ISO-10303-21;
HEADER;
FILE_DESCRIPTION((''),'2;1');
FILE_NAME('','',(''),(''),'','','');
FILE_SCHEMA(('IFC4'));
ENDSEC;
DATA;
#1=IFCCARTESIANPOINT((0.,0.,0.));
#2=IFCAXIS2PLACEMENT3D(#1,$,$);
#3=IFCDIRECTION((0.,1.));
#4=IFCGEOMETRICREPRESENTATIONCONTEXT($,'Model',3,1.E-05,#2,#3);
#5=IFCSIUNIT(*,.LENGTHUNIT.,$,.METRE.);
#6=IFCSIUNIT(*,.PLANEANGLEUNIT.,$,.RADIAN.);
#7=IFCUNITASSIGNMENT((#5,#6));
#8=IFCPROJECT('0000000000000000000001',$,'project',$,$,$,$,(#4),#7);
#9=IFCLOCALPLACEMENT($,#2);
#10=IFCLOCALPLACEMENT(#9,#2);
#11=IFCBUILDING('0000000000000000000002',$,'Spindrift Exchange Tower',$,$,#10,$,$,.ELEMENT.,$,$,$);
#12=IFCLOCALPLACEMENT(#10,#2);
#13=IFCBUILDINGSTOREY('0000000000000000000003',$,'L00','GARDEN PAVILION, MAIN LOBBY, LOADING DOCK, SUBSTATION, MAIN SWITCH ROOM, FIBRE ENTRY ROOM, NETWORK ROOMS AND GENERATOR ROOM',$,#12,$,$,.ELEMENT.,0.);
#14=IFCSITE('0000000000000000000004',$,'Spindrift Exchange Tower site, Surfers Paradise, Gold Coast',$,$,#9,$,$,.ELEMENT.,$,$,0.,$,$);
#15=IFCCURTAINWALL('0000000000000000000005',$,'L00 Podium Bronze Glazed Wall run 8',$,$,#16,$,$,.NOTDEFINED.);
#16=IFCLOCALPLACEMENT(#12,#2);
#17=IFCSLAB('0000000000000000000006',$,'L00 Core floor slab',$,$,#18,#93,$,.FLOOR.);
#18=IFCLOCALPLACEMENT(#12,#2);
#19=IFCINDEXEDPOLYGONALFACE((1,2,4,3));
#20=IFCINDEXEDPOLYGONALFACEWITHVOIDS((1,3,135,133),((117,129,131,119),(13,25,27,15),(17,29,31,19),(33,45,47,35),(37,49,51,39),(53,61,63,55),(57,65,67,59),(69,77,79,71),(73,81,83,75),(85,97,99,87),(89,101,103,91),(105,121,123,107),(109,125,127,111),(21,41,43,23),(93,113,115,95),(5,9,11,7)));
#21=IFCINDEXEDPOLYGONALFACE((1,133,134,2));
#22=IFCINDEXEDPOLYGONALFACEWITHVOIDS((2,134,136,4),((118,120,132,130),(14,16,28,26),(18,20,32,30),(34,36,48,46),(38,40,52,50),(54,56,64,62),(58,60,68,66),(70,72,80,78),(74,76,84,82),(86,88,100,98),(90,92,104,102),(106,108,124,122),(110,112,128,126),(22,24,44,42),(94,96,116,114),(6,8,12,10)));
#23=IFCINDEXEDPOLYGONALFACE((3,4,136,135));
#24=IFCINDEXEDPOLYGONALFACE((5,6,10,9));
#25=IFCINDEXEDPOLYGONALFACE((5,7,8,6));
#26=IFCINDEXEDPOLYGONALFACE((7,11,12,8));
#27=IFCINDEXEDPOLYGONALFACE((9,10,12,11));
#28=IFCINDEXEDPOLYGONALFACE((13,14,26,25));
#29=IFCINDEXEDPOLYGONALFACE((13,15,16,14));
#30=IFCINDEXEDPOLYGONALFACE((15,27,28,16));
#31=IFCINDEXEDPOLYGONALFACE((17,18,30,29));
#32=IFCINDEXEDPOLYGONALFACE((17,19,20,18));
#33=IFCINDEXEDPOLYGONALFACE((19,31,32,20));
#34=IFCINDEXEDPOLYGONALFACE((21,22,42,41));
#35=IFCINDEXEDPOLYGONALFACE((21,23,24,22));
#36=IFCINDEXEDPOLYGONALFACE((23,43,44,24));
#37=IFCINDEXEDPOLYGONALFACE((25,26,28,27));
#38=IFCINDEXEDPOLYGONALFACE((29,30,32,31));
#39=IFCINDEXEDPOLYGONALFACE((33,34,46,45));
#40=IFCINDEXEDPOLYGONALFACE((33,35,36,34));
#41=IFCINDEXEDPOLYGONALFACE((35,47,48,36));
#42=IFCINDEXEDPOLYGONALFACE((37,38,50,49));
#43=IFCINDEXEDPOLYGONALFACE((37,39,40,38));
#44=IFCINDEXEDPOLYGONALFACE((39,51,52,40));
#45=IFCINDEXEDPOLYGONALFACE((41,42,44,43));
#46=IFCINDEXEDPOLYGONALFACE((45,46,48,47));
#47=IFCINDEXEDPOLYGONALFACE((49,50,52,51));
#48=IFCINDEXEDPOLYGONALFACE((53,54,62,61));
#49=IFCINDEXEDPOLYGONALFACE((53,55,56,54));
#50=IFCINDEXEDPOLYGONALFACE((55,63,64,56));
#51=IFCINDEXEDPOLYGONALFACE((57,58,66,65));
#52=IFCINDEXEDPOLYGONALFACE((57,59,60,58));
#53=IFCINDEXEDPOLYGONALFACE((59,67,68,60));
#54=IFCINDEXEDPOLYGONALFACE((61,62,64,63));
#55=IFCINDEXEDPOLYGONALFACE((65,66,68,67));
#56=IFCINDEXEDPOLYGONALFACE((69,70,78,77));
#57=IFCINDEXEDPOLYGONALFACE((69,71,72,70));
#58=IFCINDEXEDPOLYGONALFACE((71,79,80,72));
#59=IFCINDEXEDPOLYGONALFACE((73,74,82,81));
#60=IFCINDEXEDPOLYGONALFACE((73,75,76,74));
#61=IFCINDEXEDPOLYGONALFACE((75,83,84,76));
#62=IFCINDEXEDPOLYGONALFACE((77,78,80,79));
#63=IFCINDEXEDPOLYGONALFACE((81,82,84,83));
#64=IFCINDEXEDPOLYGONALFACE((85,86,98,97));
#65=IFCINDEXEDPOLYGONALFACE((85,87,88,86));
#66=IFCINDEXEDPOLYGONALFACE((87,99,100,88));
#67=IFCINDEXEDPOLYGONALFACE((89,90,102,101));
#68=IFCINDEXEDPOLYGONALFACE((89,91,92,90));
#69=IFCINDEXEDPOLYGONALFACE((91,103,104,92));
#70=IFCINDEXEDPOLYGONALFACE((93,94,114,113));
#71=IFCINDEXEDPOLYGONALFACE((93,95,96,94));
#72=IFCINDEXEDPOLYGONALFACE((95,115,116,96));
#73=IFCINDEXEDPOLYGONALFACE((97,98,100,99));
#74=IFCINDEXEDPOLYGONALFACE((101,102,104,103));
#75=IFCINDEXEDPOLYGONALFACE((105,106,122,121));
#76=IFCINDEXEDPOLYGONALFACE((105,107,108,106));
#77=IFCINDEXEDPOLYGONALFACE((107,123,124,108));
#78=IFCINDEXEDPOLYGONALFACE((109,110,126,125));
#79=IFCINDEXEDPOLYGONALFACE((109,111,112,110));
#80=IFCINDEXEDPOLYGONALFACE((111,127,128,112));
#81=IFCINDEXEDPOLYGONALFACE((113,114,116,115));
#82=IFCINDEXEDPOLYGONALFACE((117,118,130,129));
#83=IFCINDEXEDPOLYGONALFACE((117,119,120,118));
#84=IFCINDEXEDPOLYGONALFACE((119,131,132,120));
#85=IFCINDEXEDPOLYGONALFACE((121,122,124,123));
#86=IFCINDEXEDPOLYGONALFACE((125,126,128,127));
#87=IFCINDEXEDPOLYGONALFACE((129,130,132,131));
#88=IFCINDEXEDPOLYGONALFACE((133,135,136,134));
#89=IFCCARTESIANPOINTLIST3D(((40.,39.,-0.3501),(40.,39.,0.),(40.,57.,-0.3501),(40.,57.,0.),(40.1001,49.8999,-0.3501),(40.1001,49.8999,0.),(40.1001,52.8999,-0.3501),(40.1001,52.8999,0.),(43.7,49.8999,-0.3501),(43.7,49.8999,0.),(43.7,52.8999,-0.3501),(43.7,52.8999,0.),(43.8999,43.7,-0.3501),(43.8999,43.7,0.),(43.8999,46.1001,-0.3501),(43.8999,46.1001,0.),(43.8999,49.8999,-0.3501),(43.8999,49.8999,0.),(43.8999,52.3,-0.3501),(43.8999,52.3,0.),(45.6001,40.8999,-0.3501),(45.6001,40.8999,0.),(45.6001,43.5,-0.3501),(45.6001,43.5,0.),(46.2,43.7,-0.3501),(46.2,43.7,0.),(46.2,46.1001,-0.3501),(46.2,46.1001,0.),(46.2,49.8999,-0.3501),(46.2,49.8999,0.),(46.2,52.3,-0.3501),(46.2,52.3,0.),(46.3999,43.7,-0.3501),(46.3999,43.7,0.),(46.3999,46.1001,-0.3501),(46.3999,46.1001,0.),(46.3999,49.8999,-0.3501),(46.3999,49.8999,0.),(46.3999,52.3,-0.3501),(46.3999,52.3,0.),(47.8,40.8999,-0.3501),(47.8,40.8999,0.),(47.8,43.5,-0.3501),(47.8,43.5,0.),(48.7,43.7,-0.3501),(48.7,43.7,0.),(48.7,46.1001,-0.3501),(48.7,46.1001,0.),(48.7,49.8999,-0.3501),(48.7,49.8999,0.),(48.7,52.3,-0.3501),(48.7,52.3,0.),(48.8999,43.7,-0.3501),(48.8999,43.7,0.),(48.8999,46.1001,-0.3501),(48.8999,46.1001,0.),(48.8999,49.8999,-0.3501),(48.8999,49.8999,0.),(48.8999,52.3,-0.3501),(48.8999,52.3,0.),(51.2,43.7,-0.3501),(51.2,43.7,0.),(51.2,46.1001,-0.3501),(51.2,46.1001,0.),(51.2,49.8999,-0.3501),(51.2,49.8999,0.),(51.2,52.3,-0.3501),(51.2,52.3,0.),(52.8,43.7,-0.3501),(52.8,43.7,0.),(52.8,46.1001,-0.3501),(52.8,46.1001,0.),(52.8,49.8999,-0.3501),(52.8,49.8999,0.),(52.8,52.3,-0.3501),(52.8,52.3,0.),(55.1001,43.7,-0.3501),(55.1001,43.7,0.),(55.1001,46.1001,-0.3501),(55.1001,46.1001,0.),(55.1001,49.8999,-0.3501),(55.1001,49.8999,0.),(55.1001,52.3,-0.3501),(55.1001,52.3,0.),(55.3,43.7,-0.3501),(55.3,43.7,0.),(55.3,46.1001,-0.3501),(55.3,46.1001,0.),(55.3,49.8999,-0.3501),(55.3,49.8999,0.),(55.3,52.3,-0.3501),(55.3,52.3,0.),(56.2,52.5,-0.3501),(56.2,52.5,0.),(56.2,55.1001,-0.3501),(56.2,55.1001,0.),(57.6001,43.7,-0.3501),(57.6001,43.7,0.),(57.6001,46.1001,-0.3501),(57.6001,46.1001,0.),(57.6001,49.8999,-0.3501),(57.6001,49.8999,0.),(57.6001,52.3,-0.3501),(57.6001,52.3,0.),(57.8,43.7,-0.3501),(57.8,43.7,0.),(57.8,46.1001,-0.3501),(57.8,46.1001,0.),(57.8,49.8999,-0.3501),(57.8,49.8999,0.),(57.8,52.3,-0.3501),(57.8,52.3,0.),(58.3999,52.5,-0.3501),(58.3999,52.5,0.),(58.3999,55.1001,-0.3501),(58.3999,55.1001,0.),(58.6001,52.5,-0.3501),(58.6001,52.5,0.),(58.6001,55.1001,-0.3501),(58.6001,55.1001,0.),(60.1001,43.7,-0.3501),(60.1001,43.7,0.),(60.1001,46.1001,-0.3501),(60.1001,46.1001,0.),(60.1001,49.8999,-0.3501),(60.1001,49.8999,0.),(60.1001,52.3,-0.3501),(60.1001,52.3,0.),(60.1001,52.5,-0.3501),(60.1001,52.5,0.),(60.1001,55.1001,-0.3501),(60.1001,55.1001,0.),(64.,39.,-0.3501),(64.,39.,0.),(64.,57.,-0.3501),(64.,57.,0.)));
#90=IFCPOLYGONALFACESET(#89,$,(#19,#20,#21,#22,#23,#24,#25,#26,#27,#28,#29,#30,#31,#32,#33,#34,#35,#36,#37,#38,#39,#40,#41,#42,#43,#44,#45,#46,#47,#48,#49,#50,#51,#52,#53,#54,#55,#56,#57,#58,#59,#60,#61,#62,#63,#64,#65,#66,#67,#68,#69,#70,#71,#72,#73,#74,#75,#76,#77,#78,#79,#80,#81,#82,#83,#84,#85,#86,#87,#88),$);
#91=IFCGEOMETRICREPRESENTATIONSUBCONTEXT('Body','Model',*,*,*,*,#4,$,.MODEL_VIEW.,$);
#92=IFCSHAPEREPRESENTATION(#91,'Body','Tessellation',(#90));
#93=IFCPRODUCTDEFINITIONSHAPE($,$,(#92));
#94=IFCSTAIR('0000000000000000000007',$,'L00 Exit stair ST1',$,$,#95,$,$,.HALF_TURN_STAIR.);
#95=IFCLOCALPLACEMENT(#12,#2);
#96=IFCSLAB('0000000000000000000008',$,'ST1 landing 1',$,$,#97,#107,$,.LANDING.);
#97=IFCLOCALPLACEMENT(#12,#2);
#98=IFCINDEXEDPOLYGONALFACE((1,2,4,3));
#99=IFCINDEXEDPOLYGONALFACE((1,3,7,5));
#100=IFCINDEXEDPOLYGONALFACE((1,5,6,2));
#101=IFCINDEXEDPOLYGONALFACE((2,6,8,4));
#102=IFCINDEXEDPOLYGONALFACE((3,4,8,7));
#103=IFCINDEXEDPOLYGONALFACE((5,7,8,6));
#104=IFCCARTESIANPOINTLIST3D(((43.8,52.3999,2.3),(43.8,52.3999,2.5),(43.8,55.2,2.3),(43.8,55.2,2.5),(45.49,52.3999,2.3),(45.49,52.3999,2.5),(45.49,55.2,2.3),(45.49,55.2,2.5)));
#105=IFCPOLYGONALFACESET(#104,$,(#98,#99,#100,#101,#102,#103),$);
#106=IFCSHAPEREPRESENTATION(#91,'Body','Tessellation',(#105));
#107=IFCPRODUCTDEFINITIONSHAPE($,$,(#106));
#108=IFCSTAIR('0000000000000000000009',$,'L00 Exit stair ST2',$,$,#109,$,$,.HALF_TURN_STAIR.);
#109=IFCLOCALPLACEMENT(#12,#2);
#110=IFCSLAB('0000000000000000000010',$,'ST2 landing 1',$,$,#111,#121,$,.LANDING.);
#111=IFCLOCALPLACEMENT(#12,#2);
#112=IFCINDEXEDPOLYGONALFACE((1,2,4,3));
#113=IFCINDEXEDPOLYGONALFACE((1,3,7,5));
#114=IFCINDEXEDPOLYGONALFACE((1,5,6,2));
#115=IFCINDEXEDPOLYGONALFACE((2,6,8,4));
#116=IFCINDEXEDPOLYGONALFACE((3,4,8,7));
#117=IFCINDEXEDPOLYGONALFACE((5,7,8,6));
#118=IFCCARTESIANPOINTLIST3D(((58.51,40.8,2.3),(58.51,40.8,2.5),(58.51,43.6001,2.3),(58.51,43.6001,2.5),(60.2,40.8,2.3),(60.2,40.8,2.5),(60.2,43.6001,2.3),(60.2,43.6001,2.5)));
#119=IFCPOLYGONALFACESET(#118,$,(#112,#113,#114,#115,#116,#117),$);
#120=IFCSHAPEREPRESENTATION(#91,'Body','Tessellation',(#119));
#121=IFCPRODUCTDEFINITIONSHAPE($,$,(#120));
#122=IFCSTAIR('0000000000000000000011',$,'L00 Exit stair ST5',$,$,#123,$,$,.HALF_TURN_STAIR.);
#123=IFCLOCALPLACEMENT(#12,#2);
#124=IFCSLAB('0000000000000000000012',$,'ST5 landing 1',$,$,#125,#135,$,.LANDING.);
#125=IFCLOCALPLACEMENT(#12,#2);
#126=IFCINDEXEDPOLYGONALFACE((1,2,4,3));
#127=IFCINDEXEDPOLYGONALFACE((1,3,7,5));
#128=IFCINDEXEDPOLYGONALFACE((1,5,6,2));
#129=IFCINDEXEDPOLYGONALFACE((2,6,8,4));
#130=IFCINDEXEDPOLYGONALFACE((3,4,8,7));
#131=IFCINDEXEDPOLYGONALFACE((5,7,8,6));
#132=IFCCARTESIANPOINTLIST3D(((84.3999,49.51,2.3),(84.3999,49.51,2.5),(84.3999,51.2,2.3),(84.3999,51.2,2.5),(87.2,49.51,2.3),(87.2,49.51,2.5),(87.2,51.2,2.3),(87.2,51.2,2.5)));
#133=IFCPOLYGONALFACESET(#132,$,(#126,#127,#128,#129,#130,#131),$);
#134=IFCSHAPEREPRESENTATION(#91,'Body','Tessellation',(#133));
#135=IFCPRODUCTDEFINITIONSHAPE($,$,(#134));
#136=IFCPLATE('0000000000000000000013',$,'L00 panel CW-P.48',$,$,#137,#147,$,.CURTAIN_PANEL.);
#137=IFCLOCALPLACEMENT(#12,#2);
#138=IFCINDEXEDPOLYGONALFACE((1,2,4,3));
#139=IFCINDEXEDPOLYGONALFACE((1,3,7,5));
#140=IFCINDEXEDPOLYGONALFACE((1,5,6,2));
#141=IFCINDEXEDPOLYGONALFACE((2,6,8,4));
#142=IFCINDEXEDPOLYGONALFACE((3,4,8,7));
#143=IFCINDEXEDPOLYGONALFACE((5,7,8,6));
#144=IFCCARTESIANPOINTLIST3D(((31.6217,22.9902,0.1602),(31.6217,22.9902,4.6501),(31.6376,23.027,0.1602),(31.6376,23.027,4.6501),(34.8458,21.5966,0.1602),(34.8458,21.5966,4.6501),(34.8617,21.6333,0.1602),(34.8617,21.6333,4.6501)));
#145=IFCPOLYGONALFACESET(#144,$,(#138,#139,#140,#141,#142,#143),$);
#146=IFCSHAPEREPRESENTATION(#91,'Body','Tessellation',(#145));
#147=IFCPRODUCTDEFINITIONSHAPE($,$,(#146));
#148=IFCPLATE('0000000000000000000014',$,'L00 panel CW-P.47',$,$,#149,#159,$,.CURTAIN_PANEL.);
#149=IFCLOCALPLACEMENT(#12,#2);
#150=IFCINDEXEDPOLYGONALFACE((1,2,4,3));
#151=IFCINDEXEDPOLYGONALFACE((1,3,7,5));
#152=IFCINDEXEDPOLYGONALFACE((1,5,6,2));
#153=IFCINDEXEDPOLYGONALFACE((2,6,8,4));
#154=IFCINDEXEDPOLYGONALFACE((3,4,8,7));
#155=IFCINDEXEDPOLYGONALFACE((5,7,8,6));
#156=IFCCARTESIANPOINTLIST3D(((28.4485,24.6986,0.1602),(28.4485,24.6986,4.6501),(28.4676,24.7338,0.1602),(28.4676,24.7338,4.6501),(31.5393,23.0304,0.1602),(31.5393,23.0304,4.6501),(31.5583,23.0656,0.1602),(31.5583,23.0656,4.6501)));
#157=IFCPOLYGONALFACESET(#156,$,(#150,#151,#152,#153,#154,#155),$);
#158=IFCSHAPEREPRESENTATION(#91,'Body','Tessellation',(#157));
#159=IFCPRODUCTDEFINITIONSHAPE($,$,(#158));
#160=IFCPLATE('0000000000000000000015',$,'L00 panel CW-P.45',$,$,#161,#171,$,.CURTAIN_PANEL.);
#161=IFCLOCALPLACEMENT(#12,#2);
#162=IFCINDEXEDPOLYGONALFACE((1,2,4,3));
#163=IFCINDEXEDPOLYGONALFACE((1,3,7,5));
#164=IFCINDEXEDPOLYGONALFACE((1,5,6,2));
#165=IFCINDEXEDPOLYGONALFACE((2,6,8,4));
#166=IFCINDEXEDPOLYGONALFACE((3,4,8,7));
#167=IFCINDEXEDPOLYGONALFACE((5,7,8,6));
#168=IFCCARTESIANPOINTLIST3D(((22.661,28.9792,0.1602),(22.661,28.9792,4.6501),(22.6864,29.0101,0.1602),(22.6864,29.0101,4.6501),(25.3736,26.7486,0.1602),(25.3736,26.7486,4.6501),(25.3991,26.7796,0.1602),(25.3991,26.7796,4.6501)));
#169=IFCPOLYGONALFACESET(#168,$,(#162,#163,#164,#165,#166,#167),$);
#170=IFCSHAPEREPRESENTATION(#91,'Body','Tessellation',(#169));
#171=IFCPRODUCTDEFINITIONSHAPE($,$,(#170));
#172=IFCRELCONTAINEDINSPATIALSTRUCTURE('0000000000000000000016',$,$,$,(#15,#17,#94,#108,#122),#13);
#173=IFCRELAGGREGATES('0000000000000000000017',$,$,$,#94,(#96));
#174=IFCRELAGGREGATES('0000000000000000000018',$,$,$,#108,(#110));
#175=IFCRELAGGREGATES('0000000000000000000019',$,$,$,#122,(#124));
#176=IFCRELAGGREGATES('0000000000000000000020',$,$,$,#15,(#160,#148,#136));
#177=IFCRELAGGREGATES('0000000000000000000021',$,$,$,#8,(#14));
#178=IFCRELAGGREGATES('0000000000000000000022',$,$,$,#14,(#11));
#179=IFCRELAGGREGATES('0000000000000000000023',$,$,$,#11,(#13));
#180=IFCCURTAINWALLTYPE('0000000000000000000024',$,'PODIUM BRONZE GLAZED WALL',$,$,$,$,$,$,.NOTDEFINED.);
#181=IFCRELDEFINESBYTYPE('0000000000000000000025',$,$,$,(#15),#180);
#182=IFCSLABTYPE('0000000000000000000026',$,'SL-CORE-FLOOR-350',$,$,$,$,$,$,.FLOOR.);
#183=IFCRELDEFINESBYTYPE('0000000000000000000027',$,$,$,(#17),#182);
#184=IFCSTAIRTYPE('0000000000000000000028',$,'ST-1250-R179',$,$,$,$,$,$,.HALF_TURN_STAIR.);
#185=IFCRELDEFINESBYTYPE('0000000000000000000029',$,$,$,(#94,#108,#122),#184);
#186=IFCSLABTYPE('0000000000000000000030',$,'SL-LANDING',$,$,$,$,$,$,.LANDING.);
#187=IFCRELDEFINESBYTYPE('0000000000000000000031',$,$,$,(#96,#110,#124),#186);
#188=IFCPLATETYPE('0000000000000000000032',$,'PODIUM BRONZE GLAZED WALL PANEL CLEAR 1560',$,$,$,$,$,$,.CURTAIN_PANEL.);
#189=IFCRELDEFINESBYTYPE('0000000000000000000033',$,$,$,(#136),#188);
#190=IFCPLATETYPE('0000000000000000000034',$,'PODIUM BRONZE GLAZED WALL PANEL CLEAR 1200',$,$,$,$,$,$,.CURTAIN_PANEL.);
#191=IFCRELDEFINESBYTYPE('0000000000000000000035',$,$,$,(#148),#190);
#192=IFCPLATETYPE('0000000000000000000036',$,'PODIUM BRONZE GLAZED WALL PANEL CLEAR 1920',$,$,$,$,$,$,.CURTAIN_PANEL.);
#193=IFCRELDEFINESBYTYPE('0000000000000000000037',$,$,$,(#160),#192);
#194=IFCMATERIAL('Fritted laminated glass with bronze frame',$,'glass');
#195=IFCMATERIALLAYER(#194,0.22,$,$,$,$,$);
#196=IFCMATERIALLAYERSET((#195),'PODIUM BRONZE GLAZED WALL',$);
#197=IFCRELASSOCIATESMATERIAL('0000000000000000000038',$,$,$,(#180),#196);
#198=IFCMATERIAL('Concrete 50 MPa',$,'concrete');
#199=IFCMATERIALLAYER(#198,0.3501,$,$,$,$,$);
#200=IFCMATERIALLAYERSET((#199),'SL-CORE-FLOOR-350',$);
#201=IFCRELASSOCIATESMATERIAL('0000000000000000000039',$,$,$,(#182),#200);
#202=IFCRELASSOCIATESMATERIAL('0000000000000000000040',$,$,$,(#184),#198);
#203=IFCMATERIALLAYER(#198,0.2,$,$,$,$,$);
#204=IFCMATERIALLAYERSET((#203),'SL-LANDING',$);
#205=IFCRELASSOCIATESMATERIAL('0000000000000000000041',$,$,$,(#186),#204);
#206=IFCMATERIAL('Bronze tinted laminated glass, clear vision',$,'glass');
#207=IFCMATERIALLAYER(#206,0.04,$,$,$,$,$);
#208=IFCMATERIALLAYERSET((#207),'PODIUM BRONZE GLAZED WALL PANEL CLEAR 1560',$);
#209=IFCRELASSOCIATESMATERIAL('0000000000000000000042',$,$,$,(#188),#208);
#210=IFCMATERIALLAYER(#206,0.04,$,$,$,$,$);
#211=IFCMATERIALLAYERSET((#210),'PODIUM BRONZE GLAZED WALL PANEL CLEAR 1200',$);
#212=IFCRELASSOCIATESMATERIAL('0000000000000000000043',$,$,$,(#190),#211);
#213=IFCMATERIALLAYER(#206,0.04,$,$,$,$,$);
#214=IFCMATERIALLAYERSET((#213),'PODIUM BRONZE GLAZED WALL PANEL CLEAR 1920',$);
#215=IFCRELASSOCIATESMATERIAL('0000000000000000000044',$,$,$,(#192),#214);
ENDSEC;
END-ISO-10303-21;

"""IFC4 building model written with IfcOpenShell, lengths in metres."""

from ifc_helpers import new_model, si_unit, direction, frame, origin, origin_2d, place, context, subcontext, project, spatial, line, indexed_curve, rectangle, outline, extrude, source, transform, mapped, material, layer, layer_set, type_object, element, aggregate, save


model = new_model("IFC4")

# Units and contexts
model_context = context("Model", 3, precision=1e-05, world=origin(), true_north=direction((0.0, 1.0)))
body_context = subcontext(model_context, "Body", "Model", "MODEL_VIEW")
ifc_project = project(units=[si_unit("LENGTHUNIT", "METRE"), si_unit("PLANEANGLEUNIT", "RADIAN")], contexts=[model_context])

# Site, building, storey
site_placement = place(None, origin())
site = spatial("IfcSite", under=ifc_project, at=site_placement, Name="Spindrift Exchange Tower site, Surfers Paradise, Gold Coast", CompositionType="ELEMENT", RefElevation=0.0)
building_placement = place(site_placement, origin())
building = spatial("IfcBuilding", under=site, at=building_placement, Name="Spindrift Exchange Tower", CompositionType="ELEMENT")
storey_placement = place(building_placement, origin())
storey = spatial("IfcBuildingStorey", under=building, at=storey_placement, Name="L00", Description="GARDEN PAVILION, MAIN LOBBY, LOADING DOCK, SUBSTATION, MAIN SWITCH ROOM, FIBRE ENTRY ROOM, NETWORK ROOMS AND GENERATOR ROOM", CompositionType="ELEMENT", Elevation=0.0)

# Shared definitions
ifc_material_1 = material(Name="Concrete 50 MPa", Category="concrete")

# Curtain wall
ifc_material_2 = material(Name="Fritted laminated glass with bronze frame", Category="glass")
ifc_layer_1 = layer(ifc_material_2, 0.22)
ifc_layer_set_1 = layer_set([ifc_layer_1], Name="PODIUM BRONZE GLAZED WALL")
curtain_wall_type = type_object("IfcCurtainWallType", Name="PODIUM BRONZE GLAZED WALL", PredefinedType="NOTDEFINED", material=ifc_layer_set_1)
curtain_wall_1_placement = place(storey_placement, origin())
curtain_wall_1 = element("IfcCurtainWall", 1, at=curtain_wall_1_placement, inside=storey, type_object=curtain_wall_type, Name="L00 Podium Bronze Glazed Wall run 8", PredefinedType="NOTDEFINED")

# Slab
ifc_layer_2 = layer(ifc_material_1, 0.3501)
ifc_layer_set_2 = layer_set([ifc_layer_2], Name="SL-CORE-FLOOR-350")
slab_type_1 = type_object("IfcSlabType", Name="SL-CORE-FLOOR-350", PredefinedType="FLOOR", material=ifc_layer_set_2)
slab_1_placement = place(storey_placement, frame((0.0, 0.0, -0.3501)))
element("IfcSlab", 2, at=slab_1_placement, inside=storey, type_object=slab_type_1, Name="L00 Core floor slab", PredefinedType="FLOOR", context=body_context, shape_type="SweptSolid", body=[
    extrude(outline(indexed_curve([(40.0, 39.0), (40.0, 57.0), (64.0, 57.0), (64.0, 39.0)], segments=[line(1, 2, 3, 4, 1)], self_intersect=False), holes=[indexed_curve([(47.8, 43.5), (45.6001, 43.5), (45.6001, 40.8999), (47.8, 40.8999)], segments=[line(1, 2, 3, 4, 1)], self_intersect=False), indexed_curve([(46.2, 46.1001), (43.8999, 46.1001), (43.8999, 43.7), (46.2, 43.7)], segments=[line(1, 2, 3, 4, 1)], self_intersect=False), indexed_curve([(48.7, 46.1001), (46.3999, 46.1001), (46.3999, 43.7), (48.7, 43.7)], segments=[line(1, 2, 3, 4, 1)], self_intersect=False), indexed_curve([(51.2, 46.1001), (48.8999, 46.1001), (48.8999, 43.7), (51.2, 43.7)], segments=[line(1, 2, 3, 4, 1)], self_intersect=False), indexed_curve([(46.2, 52.3), (43.8999, 52.3), (43.8999, 49.8999), (46.2, 49.8999)], segments=[line(1, 2, 3, 4, 1)], self_intersect=False), indexed_curve([(48.7, 52.3), (46.3999, 52.3), (46.3999, 49.8999), (48.7, 49.8999)], segments=[line(1, 2, 3, 4, 1)], self_intersect=False), indexed_curve([(51.2, 52.3), (48.8999, 52.3), (48.8999, 49.8999), (51.2, 49.8999)], segments=[line(1, 2, 3, 4, 1)], self_intersect=False), indexed_curve([(43.7, 52.8999), (40.1001, 52.8999), (40.1001, 49.8999), (43.7, 49.8999)], segments=[line(1, 2, 3, 4, 1)], self_intersect=False), indexed_curve([(55.1001, 46.1001), (52.8, 46.1001), (52.8, 43.7), (55.1001, 43.7)], segments=[line(1, 2, 3, 4, 1)], self_intersect=False), indexed_curve([(57.6001, 46.1001), (55.3, 46.1001), (55.3, 43.7), (57.6001, 43.7)], segments=[line(1, 2, 3, 4, 1)], self_intersect=False), indexed_curve([(60.1001, 46.1001), (57.8, 46.1001), (57.8, 43.7), (60.1001, 43.7)], segments=[line(1, 2, 3, 4, 1)], self_intersect=False), indexed_curve([(55.1001, 52.3), (52.8, 52.3), (52.8, 49.8999), (55.1001, 49.8999)], segments=[line(1, 2, 3, 4, 1)], self_intersect=False), indexed_curve([(57.6001, 52.3), (55.3, 52.3), (55.3, 49.8999), (57.6001, 49.8999)], segments=[line(1, 2, 3, 4, 1)], self_intersect=False), indexed_curve([(60.1001, 52.3), (57.8, 52.3), (57.8, 49.8999), (60.1001, 49.8999)], segments=[line(1, 2, 3, 4, 1)], self_intersect=False), indexed_curve([(58.3999, 55.1001), (56.2, 55.1001), (56.2, 52.5), (58.3999, 52.5)], segments=[line(1, 2, 3, 4, 1)], self_intersect=False), indexed_curve([(60.1001, 55.1001), (58.6001, 55.1001), (58.6001, 52.5), (60.1001, 52.5)], segments=[line(1, 2, 3, 4, 1)], self_intersect=False)]), origin(), (0.0, 0.0, 1.0), 0.3501),
])

# Stairs, slabs
stair_type = type_object("IfcStairType", Name="ST-1250-R179", PredefinedType="HALF_TURN_STAIR", material=ifc_material_1)
stair_1_placement = place(storey_placement, origin())
stair_1 = element("IfcStair", 3, at=stair_1_placement, inside=storey, type_object=stair_type, Name="L00 Exit stair ST1", PredefinedType="HALF_TURN_STAIR")
ifc_layer_3 = layer(ifc_material_1, 0.2)
ifc_layer_set_3 = layer_set([ifc_layer_3], Name="SL-LANDING")
slab_type_2 = type_object("IfcSlabType", Name="SL-LANDING", PredefinedType="LANDING", material=ifc_layer_set_3)
slab_2_placement = place(storey_placement, frame((0.0, 0.0, 2.3)))
slab_2 = element("IfcSlab", 4, at=slab_2_placement, type_object=slab_type_2, Name="ST1 landing 1", PredefinedType="LANDING", context=body_context, shape_type="SweptSolid", body=[
    extrude(outline(indexed_curve([(45.49, 52.3999), (43.8, 52.3999), (43.8, 55.2), (45.49, 55.2)], segments=[line(1, 2, 3, 4, 1)], self_intersect=False)), origin(), (0.0, 0.0, 1.0), 0.2),
])
aggregate(stair_1, [slab_2])
stair_2_placement = place(storey_placement, origin())
stair_2 = element("IfcStair", 5, at=stair_2_placement, inside=storey, type_object=stair_type, Name="L00 Exit stair ST2", PredefinedType="HALF_TURN_STAIR")
slab_3_placement = place(storey_placement, frame((0.0, 0.0, 2.3)))
slab_3 = element("IfcSlab", 6, at=slab_3_placement, type_object=slab_type_2, Name="ST2 landing 1", PredefinedType="LANDING", context=body_context, shape_type="SweptSolid", body=[
    extrude(outline(indexed_curve([(58.51, 43.6001), (60.2, 43.6001), (60.2, 40.8), (58.51, 40.8)], segments=[line(1, 2, 3, 4, 1)], self_intersect=False)), origin(), (0.0, 0.0, 1.0), 0.2),
])
aggregate(stair_2, [slab_3])
stair_3_placement = place(storey_placement, origin())
stair_3 = element("IfcStair", 7, at=stair_3_placement, inside=storey, type_object=stair_type, Name="L00 Exit stair ST5", PredefinedType="HALF_TURN_STAIR")
slab_4_placement = place(storey_placement, frame((0.0, 0.0, 2.3)))
slab_4 = element("IfcSlab", 8, at=slab_4_placement, type_object=slab_type_2, Name="ST5 landing 1", PredefinedType="LANDING", context=body_context, shape_type="SweptSolid", body=[
    extrude(outline(indexed_curve([(84.3999, 49.51), (84.3999, 51.2), (87.2, 51.2), (87.2, 49.51)], segments=[line(1, 2, 3, 4, 1)], self_intersect=False)), origin(), (0.0, 0.0, 1.0), 0.2),
])
aggregate(stair_3, [slab_4])

# Plates
ifc_material_3 = material(Name="Bronze tinted laminated glass, clear vision", Category="glass")
ifc_layer_4 = layer(ifc_material_3, 0.04)
ifc_layer_set_4 = layer_set([ifc_layer_4], Name="PODIUM BRONZE GLAZED WALL PANEL CLEAR 1560")
plate_type_1 = type_object("IfcPlateType", Name="PODIUM BRONZE GLAZED WALL PANEL CLEAR 1560", PredefinedType="CURTAIN_PANEL", material=ifc_layer_set_4)
shared_shape_1 = source(origin(), body_context, "Body", "SweptSolid", [
    extrude(rectangle(XDim=3.5125, YDim=0.04, at=origin_2d()), origin(), (0.0, 0.0, 1.0), 4.49),
])
plate_1_placement = place(storey_placement, frame((33.2417, 22.3118, 0.1602), z_axis=(0.0, 0.0, 1.0), x_axis=(0.917915, -0.396778, 0.0)))
plate_1 = element("IfcPlate", 9, at=plate_1_placement, type_object=plate_type_1, Name="L00 panel CW-P.48", PredefinedType="CURTAIN_PANEL", context=body_context, shape_type="MappedRepresentation", body=[
    mapped(shared_shape_1, transform((0.0, 0.0, 0.0), scale=1.0)),
])
ifc_layer_5 = layer(ifc_material_3, 0.04)
ifc_layer_set_5 = layer_set([ifc_layer_5], Name="PODIUM BRONZE GLAZED WALL PANEL CLEAR 1200")
plate_type_2 = type_object("IfcPlateType", Name="PODIUM BRONZE GLAZED WALL PANEL CLEAR 1200", PredefinedType="CURTAIN_PANEL", material=ifc_layer_set_5)
shared_shape_2 = source(origin(), body_context, "Body", "SweptSolid", [
    extrude(rectangle(XDim=3.5122, YDim=0.04, at=origin_2d()), origin(), (0.0, 0.0, 1.0), 4.49),
])
plate_2_placement = place(storey_placement, frame((30.0034, 23.8821, 0.1602), z_axis=(0.0, 0.0, 1.0), x_axis=(0.879998, -0.474978, 0.0)))
plate_2 = element("IfcPlate", 10, at=plate_2_placement, type_object=plate_type_2, Name="L00 panel CW-P.47", PredefinedType="CURTAIN_PANEL", context=body_context, shape_type="MappedRepresentation", body=[
    mapped(shared_shape_2, transform((0.0, 0.0, 0.0), scale=1.0)),
])
ifc_layer_6 = layer(ifc_material_3, 0.04)
ifc_layer_set_6 = layer_set([ifc_layer_6], Name="PODIUM BRONZE GLAZED WALL PANEL CLEAR 1920")
plate_type_3 = type_object("IfcPlateType", Name="PODIUM BRONZE GLAZED WALL PANEL CLEAR 1920", PredefinedType="CURTAIN_PANEL", material=ifc_layer_set_6)
shared_shape_3 = source(origin(), body_context, "Body", "SweptSolid", [
    extrude(rectangle(XDim=3.512, YDim=0.04, at=origin_2d()), origin(), (0.0, 0.0, 1.0), 4.49),
])
plate_3_placement = place(storey_placement, frame((24.03, 27.8794, 0.1602), z_axis=(0.0, 0.0, 1.0), x_axis=(0.772399, -0.635138, 0.0)))
plate_3 = element("IfcPlate", 11, at=plate_3_placement, type_object=plate_type_3, Name="L00 panel CW-P.45", PredefinedType="CURTAIN_PANEL", context=body_context, shape_type="MappedRepresentation", body=[
    mapped(shared_shape_3, transform((0.0, 0.0, 0.0), scale=1.0)),
])
aggregate(curtain_wall_1, [plate_3, plate_2, plate_1])

save(model, "model.ifc")
